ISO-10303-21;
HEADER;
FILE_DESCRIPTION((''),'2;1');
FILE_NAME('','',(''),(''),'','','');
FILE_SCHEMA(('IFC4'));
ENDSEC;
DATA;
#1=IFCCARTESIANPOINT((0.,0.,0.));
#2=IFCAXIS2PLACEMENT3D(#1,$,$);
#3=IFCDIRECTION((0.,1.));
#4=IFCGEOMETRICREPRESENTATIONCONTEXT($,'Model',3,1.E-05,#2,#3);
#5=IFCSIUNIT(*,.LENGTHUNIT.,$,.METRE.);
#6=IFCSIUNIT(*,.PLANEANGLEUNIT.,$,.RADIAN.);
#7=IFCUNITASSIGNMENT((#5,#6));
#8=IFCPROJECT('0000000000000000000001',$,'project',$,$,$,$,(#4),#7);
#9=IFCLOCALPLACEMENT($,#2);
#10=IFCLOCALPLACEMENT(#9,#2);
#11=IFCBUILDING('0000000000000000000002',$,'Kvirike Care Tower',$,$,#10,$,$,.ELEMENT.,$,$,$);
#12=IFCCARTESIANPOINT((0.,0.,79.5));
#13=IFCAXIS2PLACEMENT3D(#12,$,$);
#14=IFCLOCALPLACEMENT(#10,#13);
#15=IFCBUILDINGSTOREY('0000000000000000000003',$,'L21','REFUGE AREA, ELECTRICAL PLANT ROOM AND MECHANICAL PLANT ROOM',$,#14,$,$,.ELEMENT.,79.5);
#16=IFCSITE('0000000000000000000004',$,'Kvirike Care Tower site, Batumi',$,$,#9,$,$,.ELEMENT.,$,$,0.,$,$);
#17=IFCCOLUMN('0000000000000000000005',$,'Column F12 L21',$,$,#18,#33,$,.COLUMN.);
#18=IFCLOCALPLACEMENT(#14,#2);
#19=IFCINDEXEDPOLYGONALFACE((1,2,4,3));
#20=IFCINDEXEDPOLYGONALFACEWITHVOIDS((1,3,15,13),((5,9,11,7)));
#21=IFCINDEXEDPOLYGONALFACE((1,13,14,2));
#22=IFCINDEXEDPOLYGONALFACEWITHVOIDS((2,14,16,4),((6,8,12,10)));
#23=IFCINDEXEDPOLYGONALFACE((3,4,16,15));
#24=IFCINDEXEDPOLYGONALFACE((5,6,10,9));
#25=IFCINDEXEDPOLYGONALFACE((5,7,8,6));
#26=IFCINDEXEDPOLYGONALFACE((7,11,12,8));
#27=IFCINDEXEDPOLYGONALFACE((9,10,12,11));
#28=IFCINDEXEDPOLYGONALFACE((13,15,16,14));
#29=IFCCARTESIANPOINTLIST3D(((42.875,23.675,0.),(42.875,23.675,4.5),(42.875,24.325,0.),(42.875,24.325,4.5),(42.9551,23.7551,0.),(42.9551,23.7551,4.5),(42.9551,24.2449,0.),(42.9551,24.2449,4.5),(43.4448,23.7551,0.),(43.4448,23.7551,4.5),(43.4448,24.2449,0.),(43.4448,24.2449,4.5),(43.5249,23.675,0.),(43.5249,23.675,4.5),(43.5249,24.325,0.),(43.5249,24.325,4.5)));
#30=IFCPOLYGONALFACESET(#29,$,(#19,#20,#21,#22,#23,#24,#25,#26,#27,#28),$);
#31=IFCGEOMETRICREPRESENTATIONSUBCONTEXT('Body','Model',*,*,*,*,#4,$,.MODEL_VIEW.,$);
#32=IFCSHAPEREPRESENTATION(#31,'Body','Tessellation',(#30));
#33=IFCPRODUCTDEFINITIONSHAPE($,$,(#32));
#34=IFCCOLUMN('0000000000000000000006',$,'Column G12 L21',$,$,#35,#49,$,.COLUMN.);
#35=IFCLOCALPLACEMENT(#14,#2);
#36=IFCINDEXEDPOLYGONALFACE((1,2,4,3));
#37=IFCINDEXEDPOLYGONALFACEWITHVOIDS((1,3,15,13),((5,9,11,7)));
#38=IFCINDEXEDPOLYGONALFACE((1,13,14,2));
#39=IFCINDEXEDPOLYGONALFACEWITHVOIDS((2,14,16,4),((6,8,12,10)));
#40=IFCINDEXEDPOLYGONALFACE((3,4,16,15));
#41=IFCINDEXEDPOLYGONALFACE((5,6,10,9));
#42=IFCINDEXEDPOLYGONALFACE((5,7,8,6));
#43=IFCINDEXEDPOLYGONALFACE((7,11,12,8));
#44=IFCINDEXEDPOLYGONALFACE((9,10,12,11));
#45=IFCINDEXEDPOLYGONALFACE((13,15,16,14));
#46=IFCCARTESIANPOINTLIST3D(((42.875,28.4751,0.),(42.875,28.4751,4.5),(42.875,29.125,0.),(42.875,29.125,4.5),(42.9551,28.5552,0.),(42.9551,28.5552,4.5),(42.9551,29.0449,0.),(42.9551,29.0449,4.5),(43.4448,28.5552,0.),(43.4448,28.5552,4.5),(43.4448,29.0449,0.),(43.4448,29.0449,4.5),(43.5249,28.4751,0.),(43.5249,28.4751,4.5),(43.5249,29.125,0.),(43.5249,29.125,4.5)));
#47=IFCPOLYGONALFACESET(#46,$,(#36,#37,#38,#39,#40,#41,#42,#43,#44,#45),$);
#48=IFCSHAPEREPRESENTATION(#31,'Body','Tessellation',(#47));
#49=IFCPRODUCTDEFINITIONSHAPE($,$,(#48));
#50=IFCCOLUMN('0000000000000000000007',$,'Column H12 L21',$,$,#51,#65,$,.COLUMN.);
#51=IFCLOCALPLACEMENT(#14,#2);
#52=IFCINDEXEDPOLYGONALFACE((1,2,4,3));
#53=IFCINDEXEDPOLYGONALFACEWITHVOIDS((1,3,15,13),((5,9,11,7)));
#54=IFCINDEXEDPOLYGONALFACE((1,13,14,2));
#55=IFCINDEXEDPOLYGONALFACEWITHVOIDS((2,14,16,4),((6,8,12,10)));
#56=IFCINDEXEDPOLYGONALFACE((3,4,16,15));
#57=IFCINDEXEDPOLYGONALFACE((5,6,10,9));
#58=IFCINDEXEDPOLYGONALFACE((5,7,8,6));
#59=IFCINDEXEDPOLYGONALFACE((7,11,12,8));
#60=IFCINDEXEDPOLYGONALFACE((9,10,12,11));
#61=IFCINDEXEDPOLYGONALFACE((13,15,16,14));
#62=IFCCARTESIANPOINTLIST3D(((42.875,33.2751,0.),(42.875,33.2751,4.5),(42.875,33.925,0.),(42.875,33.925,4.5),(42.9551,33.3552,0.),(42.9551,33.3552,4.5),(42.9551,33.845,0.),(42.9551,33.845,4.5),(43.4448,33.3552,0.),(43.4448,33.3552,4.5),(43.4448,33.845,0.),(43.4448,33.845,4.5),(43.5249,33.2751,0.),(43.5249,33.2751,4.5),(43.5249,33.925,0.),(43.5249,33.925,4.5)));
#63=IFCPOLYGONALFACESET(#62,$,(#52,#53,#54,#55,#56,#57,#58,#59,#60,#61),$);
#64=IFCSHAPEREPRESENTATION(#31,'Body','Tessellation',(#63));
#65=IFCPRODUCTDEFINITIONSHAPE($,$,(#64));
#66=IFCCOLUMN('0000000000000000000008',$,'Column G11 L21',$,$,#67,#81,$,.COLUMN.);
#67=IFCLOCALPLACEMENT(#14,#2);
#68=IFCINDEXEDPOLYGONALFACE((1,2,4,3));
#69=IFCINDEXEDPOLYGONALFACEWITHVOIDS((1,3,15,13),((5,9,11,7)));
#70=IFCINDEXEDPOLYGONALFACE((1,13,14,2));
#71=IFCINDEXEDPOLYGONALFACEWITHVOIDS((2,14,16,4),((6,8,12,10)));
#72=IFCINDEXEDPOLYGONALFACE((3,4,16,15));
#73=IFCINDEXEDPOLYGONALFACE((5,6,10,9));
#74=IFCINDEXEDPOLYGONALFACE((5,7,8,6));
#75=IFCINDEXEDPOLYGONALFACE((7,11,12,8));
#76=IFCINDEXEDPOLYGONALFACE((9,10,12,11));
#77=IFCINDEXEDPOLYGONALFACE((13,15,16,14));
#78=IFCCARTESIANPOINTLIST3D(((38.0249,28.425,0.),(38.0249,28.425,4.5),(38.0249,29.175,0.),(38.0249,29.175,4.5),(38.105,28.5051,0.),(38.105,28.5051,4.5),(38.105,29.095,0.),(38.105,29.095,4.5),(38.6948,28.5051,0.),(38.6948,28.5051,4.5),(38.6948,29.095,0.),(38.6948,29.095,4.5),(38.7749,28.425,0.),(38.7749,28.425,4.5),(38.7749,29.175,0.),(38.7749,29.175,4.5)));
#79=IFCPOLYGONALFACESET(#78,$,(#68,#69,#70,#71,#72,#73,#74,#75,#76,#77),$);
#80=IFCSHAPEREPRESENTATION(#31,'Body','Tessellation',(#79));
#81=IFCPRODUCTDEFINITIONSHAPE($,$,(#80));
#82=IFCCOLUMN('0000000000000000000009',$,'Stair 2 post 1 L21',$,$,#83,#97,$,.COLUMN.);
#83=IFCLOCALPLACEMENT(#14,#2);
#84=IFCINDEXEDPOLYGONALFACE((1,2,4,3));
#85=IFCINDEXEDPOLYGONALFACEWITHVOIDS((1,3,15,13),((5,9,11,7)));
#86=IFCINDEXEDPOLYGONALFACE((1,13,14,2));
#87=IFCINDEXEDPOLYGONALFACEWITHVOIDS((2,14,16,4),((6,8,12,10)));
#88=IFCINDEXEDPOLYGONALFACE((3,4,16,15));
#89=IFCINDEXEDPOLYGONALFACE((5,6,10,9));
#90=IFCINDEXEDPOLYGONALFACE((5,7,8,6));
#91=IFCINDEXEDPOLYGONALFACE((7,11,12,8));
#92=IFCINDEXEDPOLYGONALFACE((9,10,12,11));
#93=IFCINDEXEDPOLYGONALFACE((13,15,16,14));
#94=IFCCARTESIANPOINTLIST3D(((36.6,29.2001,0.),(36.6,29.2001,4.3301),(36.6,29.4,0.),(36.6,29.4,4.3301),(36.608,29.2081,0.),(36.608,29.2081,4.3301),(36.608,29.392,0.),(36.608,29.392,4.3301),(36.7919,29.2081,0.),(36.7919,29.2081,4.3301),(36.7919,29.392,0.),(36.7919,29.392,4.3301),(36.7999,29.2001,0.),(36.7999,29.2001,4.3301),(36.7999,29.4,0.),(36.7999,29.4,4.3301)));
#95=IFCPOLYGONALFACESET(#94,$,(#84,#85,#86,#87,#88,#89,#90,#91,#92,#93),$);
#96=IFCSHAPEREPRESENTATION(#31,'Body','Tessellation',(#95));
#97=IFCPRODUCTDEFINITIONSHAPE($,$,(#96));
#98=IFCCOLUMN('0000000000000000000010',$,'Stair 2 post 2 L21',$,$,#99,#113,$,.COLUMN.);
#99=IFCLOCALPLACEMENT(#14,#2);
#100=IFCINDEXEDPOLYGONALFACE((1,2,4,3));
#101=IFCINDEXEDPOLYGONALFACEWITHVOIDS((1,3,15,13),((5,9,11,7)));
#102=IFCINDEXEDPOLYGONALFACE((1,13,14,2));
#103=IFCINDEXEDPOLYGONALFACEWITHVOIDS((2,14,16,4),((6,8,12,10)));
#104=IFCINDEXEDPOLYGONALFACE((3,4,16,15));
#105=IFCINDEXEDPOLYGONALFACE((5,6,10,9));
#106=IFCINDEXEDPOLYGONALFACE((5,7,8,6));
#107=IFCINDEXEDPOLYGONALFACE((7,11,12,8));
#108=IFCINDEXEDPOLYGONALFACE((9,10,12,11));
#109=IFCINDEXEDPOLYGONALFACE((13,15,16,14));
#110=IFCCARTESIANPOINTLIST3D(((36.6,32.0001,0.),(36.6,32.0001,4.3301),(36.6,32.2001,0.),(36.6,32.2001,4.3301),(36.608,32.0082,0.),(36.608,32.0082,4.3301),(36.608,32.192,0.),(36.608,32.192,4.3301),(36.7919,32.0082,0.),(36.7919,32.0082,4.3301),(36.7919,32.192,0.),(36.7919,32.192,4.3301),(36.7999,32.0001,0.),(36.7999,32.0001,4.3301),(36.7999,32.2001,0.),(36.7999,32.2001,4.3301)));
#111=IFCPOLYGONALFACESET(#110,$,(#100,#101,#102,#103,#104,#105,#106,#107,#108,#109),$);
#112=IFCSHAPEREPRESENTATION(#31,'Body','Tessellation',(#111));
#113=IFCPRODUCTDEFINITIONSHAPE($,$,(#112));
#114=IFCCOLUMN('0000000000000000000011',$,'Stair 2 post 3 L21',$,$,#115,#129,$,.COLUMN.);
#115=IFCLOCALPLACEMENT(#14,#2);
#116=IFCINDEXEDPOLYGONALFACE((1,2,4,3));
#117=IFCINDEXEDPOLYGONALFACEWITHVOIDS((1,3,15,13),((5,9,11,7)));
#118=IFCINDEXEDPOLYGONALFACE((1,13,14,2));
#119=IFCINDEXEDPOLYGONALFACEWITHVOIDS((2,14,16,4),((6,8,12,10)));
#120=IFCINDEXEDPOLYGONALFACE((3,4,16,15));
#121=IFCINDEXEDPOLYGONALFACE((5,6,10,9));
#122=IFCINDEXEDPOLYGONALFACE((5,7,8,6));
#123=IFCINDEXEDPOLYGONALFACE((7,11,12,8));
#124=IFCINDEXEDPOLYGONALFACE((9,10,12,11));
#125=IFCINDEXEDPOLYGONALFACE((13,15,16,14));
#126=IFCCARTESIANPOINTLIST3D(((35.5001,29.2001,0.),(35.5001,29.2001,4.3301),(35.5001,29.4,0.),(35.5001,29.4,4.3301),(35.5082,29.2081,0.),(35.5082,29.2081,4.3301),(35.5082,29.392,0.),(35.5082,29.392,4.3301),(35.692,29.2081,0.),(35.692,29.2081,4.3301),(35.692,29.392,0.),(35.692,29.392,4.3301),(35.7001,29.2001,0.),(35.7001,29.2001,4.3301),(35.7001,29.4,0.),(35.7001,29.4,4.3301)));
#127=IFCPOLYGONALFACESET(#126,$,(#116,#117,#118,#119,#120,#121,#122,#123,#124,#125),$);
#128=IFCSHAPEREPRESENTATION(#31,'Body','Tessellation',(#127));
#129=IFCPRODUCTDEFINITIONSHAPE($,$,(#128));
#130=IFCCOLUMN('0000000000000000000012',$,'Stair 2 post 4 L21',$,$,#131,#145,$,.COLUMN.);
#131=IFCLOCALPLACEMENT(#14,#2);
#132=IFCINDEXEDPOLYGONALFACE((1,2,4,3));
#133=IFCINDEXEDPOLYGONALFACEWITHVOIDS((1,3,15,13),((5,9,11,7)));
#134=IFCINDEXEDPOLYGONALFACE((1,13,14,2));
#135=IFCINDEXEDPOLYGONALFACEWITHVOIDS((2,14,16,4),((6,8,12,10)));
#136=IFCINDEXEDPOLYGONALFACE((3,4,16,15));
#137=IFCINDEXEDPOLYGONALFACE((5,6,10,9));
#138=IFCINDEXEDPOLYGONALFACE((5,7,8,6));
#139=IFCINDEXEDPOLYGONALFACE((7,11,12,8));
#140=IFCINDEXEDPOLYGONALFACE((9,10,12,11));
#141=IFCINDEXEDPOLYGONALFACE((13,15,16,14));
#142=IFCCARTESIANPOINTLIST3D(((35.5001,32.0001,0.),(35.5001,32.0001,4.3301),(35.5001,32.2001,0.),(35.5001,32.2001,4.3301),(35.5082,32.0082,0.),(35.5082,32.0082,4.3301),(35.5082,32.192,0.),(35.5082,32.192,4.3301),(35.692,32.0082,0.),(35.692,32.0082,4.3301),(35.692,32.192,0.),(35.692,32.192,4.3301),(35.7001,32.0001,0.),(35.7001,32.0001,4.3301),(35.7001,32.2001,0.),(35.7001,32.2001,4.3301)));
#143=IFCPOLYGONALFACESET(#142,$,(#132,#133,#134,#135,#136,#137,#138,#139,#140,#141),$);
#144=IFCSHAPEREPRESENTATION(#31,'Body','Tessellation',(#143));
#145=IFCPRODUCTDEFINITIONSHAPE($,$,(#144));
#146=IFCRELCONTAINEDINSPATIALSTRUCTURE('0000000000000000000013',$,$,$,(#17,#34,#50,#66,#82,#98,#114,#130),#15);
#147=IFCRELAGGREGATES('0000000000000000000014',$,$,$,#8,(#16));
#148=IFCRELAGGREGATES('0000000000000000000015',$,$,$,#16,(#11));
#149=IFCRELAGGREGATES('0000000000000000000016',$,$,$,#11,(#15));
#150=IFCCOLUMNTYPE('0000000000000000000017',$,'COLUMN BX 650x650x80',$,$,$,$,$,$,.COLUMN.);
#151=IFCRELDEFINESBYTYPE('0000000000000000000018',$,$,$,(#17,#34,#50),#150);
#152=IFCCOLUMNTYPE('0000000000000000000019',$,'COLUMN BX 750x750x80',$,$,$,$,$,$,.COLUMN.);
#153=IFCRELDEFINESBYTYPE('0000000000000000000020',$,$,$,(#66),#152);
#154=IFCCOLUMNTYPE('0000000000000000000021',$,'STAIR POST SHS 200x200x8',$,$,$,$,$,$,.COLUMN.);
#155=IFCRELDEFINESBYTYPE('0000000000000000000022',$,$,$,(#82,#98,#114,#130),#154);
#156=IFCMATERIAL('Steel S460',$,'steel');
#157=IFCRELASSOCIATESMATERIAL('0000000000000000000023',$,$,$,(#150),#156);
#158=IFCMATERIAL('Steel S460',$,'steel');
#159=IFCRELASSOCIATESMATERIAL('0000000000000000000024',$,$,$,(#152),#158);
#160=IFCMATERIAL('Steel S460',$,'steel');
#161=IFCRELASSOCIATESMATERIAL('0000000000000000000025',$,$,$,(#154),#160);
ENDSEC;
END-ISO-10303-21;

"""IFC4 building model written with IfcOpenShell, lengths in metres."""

from ifc_helpers import new_model, si_unit, direction, frame, origin, origin_2d, place, context, subcontext, project, spatial, hollow_rectangle, extrude, material, material_profile, profile_set, type_object, element, save


model = new_model("IFC4")

# Units and contexts
model_context = context("Model", 3, precision=1e-05, world=origin(), true_north=direction((0.0, 1.0)))
body_context = subcontext(model_context, "Body", "Model", "MODEL_VIEW")
ifc_project = project(units=[si_unit("LENGTHUNIT", "METRE"), si_unit("PLANEANGLEUNIT", "RADIAN")], contexts=[model_context])

# Site, building, storey
site_placement = place(None, origin())
site = spatial("IfcSite", under=ifc_project, at=site_placement, Name="Kvirike Care Tower site, Batumi", CompositionType="ELEMENT", RefElevation=0.0)
building_placement = place(site_placement, origin())
building = spatial("IfcBuilding", under=site, at=building_placement, Name="Kvirike Care Tower", CompositionType="ELEMENT")
storey_placement = place(building_placement, frame((0.0, 0.0, 79.5)))
storey = spatial("IfcBuildingStorey", under=building, at=storey_placement, Name="L21", Description="REFUGE AREA, ELECTRICAL PLANT ROOM AND MECHANICAL PLANT ROOM", CompositionType="ELEMENT", Elevation=79.5)

# Columns
ifc_material_1 = material(Name="Steel S460", Category="steel")
ifc_material_profile_1 = material_profile(ifc_material_1, hollow_rectangle(XDim=0.6499, YDim=0.6499, WallThickness=0.0801, at=origin_2d()), Name="BX 650x650x80")
ifc_profile_set_1 = profile_set([ifc_material_profile_1], Name="Steel S460")
column_type_1 = type_object("IfcColumnType", Name="COLUMN BX 650x650x80", PredefinedType="COLUMN", material=ifc_profile_set_1)
for number, where, z_axis, x_axis, name in (
    (1, (43.2, 24.0, 0.0), (0.0, 0.0, 1.0), (1.0, 0.0, 0.0), "Column F12 L21"),
    (2, (43.2, 28.8, 0.0), (0.0, 0.0, 1.0), (0.0, 1.0, 0.0), "Column G12 L21"),
    (3, (43.2, 33.6001, 0.0), (0.0, 0.0, 1.0), (1.0, 0.0, 0.0), "Column H12 L21"),
):
    element("IfcColumn", number, at=place(storey_placement, frame(where, z_axis=z_axis, x_axis=x_axis)), inside=storey, type_object=column_type_1, Name=name, PredefinedType="COLUMN", context=body_context, shape_type="SweptSolid", body=[
        extrude(hollow_rectangle(XDim=0.6499, YDim=0.6499, WallThickness=0.0801, at=origin_2d()), origin(), (0.0, 0.0, 1.0), 4.5),
    ])
ifc_material_2 = material(Name="Steel S460", Category="steel")
ifc_material_profile_2 = material_profile(ifc_material_2, hollow_rectangle(XDim=0.75, YDim=0.75, WallThickness=0.0801, at=origin_2d()), Name="BX 750x750x80")
ifc_profile_set_2 = profile_set([ifc_material_profile_2], Name="Steel S460")
column_type_2 = type_object("IfcColumnType", Name="COLUMN BX 750x750x80", PredefinedType="COLUMN", material=ifc_profile_set_2)
column_placement = place(storey_placement, frame((38.3999, 28.8, 0.0), z_axis=(0.0, 0.0, 1.0), x_axis=(0.0, 1.0, 0.0)))
element("IfcColumn", 4, at=column_placement, inside=storey, type_object=column_type_2, Name="Column G11 L21", PredefinedType="COLUMN", context=body_context, shape_type="SweptSolid", body=[
    extrude(hollow_rectangle(XDim=0.75, YDim=0.75, WallThickness=0.0801, at=origin_2d()), origin(), (0.0, 0.0, 1.0), 4.5),
])
ifc_material_3 = material(Name="Steel S460", Category="steel")
ifc_material_profile_3 = material_profile(ifc_material_3, hollow_rectangle(XDim=0.2, YDim=0.2, WallThickness=0.0081, at=origin_2d()), Name="SHS 200x200x8")
ifc_profile_set_3 = profile_set([ifc_material_profile_3], Name="Steel S460")
column_type_3 = type_object("IfcColumnType", Name="STAIR POST SHS 200x200x8", PredefinedType="COLUMN", material=ifc_profile_set_3)
for number, where, z_axis, x_axis, name in (
    (5, (36.7, 29.3, 0.0), (0.0, 0.0, 1.0), (1.0, 0.0, 0.0), "Stair 2 post 1 L21"),
    (6, (36.7, 32.1001, 0.0), (0.0, 0.0, 1.0), (1.0, 0.0, 0.0), "Stair 2 post 2 L21"),
    (7, (35.6001, 29.3, 0.0), (0.0, 0.0, 1.0), (1.0, 0.0, 0.0), "Stair 2 post 3 L21"),
    (8, (35.6001, 32.1001, 0.0), (0.0, 0.0, 1.0), (1.0, 0.0, 0.0), "Stair 2 post 4 L21"),
):
    element("IfcColumn", number, at=place(storey_placement, frame(where, z_axis=z_axis, x_axis=x_axis)), inside=storey, type_object=column_type_3, Name=name, PredefinedType="COLUMN", context=body_context, shape_type="SweptSolid", body=[
        extrude(hollow_rectangle(XDim=0.2, YDim=0.2, WallThickness=0.0081, at=origin_2d()), origin(), (0.0, 0.0, 1.0), 4.3301),
    ])

save(model, "model.ifc")
